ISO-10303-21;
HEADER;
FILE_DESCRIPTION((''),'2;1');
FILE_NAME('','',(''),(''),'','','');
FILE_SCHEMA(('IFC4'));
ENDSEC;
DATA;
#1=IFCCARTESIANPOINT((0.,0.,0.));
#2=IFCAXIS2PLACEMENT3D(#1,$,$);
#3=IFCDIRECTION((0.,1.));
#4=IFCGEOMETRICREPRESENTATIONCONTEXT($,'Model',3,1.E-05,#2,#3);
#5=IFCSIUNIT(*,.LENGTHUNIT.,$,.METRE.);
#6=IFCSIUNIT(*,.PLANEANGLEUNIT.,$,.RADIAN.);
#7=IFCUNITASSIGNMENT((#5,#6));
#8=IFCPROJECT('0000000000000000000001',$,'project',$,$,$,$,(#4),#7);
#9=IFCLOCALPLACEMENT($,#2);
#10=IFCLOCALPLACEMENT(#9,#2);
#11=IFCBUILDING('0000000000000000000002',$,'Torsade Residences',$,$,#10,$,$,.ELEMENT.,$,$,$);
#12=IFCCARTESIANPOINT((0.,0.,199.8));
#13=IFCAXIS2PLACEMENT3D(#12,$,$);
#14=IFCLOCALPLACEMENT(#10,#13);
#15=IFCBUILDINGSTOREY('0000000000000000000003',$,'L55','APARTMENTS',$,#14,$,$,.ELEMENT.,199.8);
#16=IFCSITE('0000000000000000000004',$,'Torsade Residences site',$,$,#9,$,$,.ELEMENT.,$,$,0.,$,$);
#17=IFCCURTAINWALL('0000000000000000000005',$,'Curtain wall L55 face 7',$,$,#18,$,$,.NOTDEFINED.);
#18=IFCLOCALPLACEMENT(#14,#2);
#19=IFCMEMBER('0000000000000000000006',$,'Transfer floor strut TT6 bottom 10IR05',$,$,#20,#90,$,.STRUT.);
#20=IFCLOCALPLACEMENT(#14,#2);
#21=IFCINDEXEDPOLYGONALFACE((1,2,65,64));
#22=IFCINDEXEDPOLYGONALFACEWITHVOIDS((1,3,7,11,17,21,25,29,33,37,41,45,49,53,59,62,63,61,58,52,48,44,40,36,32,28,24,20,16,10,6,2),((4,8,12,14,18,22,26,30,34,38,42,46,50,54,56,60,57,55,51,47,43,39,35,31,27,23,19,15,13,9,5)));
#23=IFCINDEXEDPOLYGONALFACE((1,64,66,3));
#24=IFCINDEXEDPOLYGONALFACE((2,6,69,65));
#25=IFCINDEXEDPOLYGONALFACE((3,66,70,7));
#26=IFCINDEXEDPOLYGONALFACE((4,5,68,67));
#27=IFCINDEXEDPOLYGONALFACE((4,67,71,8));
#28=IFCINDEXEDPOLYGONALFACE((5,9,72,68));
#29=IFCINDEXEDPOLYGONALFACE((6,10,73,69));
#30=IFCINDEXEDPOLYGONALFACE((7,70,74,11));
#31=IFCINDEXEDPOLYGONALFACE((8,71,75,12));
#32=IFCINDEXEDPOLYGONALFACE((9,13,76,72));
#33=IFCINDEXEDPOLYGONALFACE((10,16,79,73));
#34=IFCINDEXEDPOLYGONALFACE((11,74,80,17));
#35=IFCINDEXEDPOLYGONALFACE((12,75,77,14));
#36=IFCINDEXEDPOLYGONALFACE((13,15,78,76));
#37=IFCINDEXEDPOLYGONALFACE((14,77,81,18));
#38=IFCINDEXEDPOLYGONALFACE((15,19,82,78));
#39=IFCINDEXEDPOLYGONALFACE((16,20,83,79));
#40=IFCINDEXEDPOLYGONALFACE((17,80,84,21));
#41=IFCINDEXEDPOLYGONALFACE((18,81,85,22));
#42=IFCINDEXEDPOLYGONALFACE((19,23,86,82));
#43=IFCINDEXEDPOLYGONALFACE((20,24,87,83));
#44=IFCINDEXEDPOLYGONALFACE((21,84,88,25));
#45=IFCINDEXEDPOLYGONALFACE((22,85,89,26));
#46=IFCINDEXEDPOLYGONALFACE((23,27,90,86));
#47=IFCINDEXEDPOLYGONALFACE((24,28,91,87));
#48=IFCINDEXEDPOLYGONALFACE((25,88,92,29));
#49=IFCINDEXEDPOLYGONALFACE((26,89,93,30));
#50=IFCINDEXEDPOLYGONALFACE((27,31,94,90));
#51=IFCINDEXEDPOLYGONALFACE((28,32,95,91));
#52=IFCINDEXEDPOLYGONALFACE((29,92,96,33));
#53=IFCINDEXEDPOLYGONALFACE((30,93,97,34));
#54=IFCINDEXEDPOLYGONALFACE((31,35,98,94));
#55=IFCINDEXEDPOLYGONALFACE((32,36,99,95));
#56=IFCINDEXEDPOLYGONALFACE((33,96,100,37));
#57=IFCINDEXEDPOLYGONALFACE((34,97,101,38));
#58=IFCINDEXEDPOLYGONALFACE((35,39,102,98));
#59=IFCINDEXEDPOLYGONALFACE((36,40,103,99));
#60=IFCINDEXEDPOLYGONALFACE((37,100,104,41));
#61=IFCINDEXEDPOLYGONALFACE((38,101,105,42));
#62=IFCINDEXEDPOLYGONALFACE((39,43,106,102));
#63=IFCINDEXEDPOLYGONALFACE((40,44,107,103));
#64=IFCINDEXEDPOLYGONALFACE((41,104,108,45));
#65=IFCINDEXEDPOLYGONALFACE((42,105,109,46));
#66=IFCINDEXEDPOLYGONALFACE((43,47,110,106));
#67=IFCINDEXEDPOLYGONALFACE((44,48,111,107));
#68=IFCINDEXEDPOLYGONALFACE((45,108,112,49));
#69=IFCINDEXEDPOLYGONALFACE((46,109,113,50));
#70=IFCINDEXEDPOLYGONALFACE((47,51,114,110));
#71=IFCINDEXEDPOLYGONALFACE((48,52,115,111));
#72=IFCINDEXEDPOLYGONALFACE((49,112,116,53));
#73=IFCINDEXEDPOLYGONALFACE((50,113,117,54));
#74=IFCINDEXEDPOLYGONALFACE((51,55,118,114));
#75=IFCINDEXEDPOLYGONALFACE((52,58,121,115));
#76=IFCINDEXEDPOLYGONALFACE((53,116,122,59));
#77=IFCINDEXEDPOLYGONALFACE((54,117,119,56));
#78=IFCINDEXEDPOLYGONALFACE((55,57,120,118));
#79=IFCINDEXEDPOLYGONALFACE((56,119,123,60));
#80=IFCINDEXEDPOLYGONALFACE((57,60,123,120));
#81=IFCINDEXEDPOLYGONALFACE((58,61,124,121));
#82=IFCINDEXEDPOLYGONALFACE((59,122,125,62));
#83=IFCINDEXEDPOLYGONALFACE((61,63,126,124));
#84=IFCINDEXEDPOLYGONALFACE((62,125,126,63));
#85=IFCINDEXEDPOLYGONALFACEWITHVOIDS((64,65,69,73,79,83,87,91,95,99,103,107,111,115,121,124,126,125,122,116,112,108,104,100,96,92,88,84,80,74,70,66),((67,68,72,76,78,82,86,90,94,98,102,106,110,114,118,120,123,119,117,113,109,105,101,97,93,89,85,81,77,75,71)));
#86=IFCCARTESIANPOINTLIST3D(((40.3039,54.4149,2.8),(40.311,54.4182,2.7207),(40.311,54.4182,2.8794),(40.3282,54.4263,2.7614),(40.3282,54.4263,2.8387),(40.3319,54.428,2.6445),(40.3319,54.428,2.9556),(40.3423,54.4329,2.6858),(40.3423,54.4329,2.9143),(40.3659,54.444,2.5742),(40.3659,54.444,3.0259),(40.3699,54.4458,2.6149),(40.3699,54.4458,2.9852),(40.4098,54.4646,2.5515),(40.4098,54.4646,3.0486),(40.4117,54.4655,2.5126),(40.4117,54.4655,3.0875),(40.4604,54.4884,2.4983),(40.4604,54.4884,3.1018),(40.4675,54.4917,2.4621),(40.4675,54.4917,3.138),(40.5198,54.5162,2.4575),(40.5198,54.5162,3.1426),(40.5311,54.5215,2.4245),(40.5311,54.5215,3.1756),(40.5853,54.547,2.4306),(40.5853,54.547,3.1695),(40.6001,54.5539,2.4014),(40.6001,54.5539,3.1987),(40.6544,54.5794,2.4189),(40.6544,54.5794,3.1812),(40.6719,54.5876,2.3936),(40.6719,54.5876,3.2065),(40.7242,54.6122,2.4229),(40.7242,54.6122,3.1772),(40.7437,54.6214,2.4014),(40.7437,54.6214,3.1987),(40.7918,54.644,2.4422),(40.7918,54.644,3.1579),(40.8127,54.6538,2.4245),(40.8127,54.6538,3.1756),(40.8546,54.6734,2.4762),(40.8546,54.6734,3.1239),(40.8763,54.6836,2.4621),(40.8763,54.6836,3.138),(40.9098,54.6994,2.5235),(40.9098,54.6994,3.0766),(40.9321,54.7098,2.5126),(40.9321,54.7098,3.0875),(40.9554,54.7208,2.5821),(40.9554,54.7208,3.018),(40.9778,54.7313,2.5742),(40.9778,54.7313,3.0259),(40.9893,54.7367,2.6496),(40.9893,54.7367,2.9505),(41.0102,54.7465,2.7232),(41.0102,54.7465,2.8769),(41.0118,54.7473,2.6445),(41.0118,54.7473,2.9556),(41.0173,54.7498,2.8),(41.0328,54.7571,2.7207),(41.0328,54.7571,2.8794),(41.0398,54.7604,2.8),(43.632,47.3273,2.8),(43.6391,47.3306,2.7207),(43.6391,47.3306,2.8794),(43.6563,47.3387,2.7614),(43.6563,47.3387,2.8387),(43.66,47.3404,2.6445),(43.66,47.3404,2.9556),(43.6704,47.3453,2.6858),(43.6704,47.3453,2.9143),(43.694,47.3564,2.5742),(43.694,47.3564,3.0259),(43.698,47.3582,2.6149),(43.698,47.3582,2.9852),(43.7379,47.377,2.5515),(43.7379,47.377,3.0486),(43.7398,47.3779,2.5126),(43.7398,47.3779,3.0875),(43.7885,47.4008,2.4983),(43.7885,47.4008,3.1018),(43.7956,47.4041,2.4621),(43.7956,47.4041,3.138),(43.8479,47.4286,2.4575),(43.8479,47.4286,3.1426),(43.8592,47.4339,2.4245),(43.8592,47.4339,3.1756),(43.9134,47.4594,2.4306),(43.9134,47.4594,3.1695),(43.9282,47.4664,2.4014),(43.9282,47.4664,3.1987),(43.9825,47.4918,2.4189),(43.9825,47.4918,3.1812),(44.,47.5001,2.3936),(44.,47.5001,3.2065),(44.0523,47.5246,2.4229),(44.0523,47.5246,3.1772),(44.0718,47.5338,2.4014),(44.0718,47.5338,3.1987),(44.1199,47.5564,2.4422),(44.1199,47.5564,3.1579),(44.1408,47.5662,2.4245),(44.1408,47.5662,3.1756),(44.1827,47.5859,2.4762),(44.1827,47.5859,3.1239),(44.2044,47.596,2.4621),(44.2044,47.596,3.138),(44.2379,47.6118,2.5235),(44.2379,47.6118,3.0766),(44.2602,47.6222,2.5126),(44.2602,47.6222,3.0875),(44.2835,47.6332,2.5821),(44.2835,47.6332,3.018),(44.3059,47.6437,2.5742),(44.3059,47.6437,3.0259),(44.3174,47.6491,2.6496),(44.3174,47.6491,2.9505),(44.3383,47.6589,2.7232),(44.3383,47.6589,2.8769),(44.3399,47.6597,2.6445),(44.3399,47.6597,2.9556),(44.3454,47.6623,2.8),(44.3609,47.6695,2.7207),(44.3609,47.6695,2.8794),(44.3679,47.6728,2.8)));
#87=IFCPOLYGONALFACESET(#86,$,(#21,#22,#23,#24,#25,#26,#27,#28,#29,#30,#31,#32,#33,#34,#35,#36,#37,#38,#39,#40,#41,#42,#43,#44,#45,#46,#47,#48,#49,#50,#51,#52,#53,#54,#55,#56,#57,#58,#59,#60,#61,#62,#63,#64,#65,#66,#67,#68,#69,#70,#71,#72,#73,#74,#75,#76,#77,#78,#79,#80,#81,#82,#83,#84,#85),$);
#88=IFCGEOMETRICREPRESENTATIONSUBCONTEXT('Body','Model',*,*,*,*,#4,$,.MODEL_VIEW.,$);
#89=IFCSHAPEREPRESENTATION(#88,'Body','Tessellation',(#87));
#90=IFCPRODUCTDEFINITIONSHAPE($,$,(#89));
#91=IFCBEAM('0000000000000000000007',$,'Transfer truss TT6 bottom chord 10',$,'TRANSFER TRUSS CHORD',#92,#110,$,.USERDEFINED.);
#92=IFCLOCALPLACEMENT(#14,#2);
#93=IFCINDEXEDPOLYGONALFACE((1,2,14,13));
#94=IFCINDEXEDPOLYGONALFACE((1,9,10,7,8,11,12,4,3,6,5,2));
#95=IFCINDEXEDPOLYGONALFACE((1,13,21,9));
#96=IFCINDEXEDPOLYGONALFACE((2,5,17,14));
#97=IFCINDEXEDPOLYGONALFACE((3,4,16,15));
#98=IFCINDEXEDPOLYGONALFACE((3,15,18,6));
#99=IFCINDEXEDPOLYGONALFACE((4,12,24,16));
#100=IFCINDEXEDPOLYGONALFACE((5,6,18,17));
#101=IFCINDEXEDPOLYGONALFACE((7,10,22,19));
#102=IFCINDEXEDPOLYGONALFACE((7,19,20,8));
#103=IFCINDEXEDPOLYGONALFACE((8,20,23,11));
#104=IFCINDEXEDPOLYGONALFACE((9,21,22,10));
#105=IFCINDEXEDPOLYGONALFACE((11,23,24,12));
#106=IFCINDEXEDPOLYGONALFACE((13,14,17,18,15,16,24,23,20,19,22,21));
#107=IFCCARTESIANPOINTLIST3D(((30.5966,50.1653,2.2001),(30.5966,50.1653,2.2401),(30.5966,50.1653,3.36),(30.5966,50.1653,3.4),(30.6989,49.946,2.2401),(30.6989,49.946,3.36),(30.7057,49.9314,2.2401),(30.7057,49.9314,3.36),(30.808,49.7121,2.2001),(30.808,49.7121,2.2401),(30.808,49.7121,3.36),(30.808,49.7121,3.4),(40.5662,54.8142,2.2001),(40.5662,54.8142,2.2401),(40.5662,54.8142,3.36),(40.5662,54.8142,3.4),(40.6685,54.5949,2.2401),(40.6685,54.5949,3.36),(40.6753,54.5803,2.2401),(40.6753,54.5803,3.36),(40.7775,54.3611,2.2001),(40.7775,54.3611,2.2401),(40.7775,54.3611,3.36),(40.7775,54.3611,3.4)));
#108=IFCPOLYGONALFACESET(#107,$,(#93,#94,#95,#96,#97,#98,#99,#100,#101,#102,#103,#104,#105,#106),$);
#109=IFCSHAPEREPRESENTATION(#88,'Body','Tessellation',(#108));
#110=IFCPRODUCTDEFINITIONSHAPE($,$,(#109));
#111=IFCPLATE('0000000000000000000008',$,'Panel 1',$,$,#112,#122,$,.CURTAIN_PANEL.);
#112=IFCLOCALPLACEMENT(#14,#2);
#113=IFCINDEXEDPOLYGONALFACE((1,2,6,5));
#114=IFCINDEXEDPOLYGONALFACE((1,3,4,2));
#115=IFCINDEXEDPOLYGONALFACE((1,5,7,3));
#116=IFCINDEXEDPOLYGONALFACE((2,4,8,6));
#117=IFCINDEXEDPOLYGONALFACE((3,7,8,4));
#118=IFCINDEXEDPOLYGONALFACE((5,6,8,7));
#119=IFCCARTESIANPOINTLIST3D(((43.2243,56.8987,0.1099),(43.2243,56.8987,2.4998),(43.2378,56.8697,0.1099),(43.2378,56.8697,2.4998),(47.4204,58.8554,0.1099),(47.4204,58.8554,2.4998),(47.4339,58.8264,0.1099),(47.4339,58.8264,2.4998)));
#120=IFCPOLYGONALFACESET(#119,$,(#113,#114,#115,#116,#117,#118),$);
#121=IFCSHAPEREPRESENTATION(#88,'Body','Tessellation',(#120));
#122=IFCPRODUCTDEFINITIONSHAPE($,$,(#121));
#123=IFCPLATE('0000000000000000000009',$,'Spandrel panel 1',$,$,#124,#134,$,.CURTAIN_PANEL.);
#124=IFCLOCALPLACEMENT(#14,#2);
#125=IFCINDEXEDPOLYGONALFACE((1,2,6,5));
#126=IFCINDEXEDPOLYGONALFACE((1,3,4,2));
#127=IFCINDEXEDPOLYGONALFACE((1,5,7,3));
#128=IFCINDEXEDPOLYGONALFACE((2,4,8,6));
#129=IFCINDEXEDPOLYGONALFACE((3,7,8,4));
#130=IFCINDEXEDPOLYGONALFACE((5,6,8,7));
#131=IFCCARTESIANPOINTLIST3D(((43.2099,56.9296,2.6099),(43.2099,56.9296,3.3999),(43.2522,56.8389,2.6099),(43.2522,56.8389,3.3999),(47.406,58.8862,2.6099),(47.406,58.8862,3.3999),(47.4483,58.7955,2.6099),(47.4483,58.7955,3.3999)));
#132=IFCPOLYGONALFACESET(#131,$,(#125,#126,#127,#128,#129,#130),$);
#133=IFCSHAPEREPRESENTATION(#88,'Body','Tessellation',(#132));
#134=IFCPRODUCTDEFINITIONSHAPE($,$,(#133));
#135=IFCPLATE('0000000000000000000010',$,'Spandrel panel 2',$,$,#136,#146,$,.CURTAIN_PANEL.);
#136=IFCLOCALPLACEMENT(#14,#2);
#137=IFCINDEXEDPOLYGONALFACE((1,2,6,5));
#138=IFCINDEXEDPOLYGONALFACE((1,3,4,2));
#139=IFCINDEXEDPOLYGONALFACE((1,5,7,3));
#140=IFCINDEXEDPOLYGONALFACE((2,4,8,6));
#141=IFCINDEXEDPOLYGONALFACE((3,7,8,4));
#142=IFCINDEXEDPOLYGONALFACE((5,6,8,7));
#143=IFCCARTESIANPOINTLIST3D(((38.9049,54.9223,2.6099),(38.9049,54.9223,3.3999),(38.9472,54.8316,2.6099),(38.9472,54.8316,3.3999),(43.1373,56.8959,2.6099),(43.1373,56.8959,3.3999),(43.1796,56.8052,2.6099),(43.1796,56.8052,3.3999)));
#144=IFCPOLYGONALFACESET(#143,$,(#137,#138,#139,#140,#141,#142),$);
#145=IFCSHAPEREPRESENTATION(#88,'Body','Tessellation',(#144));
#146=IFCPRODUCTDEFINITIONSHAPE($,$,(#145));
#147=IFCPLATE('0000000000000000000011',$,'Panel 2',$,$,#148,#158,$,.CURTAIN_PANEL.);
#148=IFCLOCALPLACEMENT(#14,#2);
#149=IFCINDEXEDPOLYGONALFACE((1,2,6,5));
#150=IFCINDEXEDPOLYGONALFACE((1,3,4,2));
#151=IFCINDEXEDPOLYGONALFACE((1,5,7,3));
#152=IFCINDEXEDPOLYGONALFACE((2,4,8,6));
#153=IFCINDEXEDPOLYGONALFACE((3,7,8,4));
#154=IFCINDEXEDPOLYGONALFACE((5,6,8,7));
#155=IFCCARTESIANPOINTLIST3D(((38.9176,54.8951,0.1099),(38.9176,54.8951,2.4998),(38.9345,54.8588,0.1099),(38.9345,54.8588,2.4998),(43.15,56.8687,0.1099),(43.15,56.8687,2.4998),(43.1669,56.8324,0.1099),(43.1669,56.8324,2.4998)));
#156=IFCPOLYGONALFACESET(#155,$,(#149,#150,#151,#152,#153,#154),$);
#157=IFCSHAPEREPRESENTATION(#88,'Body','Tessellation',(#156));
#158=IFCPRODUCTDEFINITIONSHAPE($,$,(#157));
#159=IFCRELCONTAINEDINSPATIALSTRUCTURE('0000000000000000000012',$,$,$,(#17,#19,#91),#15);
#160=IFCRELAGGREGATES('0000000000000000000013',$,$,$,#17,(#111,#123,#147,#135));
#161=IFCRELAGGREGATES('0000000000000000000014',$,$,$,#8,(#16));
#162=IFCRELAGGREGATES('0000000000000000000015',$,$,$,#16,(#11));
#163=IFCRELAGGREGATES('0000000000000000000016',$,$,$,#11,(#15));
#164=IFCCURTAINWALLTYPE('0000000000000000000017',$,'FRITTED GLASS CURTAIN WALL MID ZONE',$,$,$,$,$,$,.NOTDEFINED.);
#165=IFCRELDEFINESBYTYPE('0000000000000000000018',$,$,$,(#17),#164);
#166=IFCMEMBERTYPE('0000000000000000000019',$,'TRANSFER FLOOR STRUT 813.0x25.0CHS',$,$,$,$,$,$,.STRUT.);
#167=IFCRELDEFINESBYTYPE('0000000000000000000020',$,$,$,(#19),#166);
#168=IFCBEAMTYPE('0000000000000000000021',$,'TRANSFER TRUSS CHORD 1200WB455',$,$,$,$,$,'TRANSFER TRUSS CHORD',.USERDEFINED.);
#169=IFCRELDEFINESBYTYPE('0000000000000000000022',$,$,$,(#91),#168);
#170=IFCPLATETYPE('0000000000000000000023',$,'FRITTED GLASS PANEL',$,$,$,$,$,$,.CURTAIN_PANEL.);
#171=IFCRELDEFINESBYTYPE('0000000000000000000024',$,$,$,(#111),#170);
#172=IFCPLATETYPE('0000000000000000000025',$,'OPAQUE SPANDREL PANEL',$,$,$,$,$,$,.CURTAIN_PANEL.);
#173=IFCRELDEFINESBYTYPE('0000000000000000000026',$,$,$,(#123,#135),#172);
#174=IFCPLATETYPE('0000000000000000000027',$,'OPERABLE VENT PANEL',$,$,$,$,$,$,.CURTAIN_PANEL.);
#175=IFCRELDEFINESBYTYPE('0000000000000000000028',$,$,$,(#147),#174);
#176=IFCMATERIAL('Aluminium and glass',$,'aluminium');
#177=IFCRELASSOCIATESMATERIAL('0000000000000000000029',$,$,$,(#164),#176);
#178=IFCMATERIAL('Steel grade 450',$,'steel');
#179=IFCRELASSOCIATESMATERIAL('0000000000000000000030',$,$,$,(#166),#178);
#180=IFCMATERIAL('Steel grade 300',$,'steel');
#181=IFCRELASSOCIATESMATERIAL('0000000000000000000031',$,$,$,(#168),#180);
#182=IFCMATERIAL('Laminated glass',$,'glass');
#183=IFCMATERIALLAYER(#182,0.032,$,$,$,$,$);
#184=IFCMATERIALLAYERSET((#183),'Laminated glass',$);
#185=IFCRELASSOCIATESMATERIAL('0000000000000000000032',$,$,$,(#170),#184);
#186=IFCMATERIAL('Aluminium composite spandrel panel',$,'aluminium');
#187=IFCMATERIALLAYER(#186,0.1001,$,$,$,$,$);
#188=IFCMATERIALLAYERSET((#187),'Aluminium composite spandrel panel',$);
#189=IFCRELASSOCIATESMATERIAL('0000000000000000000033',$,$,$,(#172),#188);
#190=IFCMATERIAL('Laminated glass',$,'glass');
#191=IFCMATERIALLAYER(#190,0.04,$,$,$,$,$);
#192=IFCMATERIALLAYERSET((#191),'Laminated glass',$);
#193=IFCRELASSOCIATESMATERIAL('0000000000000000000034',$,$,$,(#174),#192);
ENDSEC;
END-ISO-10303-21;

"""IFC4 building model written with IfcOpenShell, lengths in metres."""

from ifc_helpers import new_model, si_unit, direction, frame, origin, origin_2d, place, context, subcontext, project, spatial, rectangle, hollow_circle, i_section, extrude, material, layer, layer_set, material_profile, profile_set, type_object, element, aggregate, save


model = new_model("IFC4")

# Units and contexts
model_context = context("Model", 3, precision=1e-05, world=origin(), true_north=direction((0.0, 1.0)))
body_context = subcontext(model_context, "Body", "Model", "MODEL_VIEW")
ifc_project = project(units=[si_unit("LENGTHUNIT", "METRE"), si_unit("PLANEANGLEUNIT", "RADIAN")], contexts=[model_context])

# Site, building, storey
site_placement = place(None, origin())
site = spatial("IfcSite", under=ifc_project, at=site_placement, Name="Torsade Residences site", CompositionType="ELEMENT", RefElevation=0.0)
building_placement = place(site_placement, origin())
building = spatial("IfcBuilding", under=site, at=building_placement, Name="Torsade Residences", CompositionType="ELEMENT")
storey_placement = place(building_placement, frame((0.0, 0.0, 199.8)))
storey = spatial("IfcBuildingStorey", under=building, at=storey_placement, Name="L55", Description="APARTMENTS", CompositionType="ELEMENT", Elevation=199.8)

# Curtain wall
ifc_material_1 = material(Name="Aluminium and glass", Category="aluminium")
curtain_wall_type = type_object("IfcCurtainWallType", Name="FRITTED GLASS CURTAIN WALL MID ZONE", PredefinedType="NOTDEFINED", material=ifc_material_1)
curtain_wall_placement = place(storey_placement, origin())
curtain_wall = element("IfcCurtainWall", 1, at=curtain_wall_placement, inside=storey, type_object=curtain_wall_type, Name="Curtain wall L55 face 7", PredefinedType="NOTDEFINED")

# Member
ifc_material_2 = material(Name="Steel grade 450", Category="steel")
ifc_material_profile_1 = material_profile(ifc_material_2, hollow_circle(Radius=0.4065, WallThickness=0.0249, at=origin_2d()), Name="813.0x25.0CHS")
ifc_profile_set_1 = profile_set([ifc_material_profile_1], Name="Steel grade 450")
member_type_1 = type_object("IfcMemberType", Name="TRANSFER FLOOR STRUT 813.0x25.0CHS", PredefinedType="STRUT", material=ifc_profile_set_1)
member_1_placement = place(storey_placement, frame((40.6719, 54.5876, 2.8), z_axis=(0.42504, -0.905175, 0.0), x_axis=(0.905175, 0.42504, 0.0)))
element("IfcMember", 2, at=member_1_placement, inside=storey, type_object=member_type_1, Name="Transfer floor strut TT6 bottom 10IR05", PredefinedType="STRUT", context=body_context, shape_type="SweptSolid", body=[
    extrude(hollow_circle(Radius=0.4065, WallThickness=0.0249, at=origin_2d()), origin(), (0.0, 0.0, 1.0), 7.8301),
])

# Beam
ifc_material_3 = material(Name="Steel grade 300", Category="steel")
ifc_material_profile_2 = material_profile(ifc_material_3, i_section(OverallWidth=0.5, OverallDepth=1.2, WebThickness=0.0161, FlangeThickness=0.04, at=origin_2d()), Name="1200WB455")
ifc_profile_set_2 = profile_set([ifc_material_profile_2], Name="Steel grade 300")
beam_type_1 = type_object("IfcBeamType", Name="TRANSFER TRUSS CHORD 1200WB455", ElementType="TRANSFER TRUSS CHORD", PredefinedType="USERDEFINED", material=ifc_profile_set_2)
beam_1_placement = place(storey_placement, frame((40.6719, 54.5876, 2.8), z_axis=(-0.906305, -0.422624, 0.0), x_axis=(0.422624, -0.906305, 0.0)))
element("IfcBeam", 3, at=beam_1_placement, inside=storey, type_object=beam_type_1, Name="Transfer truss TT6 bottom chord 10", ObjectType="TRANSFER TRUSS CHORD", PredefinedType="USERDEFINED", context=body_context, shape_type="SweptSolid", body=[
    extrude(i_section(OverallWidth=0.5, OverallDepth=1.2, WebThickness=0.0161, FlangeThickness=0.04, at=origin_2d()), origin(), (0.0, 0.0, 1.0), 11.0002),
])

# Plates
ifc_material_4 = material(Name="Laminated glass", Category="glass")
ifc_layer_1 = layer(ifc_material_4, 0.032)
ifc_layer_set_1 = layer_set([ifc_layer_1], Name="Laminated glass")
plate_type_1 = type_object("IfcPlateType", Name="FRITTED GLASS PANEL", PredefinedType="CURTAIN_PANEL", material=ifc_layer_set_1)
plate_1_placement = place(storey_placement, frame((45.3291, 57.8625, 0.1099), z_axis=(0.0, 0.0, 1.0), x_axis=(-0.906308, -0.422618, 0.0)))
plate_1 = element("IfcPlate", 4, at=plate_1_placement, type_object=plate_type_1, Name="Panel 1", PredefinedType="CURTAIN_PANEL", context=body_context, shape_type="SweptSolid", body=[
    extrude(rectangle(XDim=4.6299, YDim=0.032, at=origin_2d()), origin(), (0.0, 0.0, 1.0), 2.3899),
])
ifc_material_5 = material(Name="Aluminium composite spandrel panel", Category="aluminium")
ifc_layer_2 = layer(ifc_material_5, 0.1001)
ifc_layer_set_2 = layer_set([ifc_layer_2], Name="Aluminium composite spandrel panel")
plate_type_2 = type_object("IfcPlateType", Name="OPAQUE SPANDREL PANEL", PredefinedType="CURTAIN_PANEL", material=ifc_layer_set_2)
plate_2_placement = place(storey_placement, frame((45.3291, 57.8625, 2.6099), z_axis=(0.0, 0.0, 1.0), x_axis=(-0.906308, -0.422618, 0.0)))
plate_2 = element("IfcPlate", 5, at=plate_2_placement, type_object=plate_type_2, Name="Spandrel panel 1", PredefinedType="CURTAIN_PANEL", context=body_context, shape_type="SweptSolid", body=[
    extrude(rectangle(XDim=4.6299, YDim=0.1001, at=origin_2d()), origin(), (0.0, 0.0, 1.0), 0.79),
])
plate_3_placement = place(storey_placement, frame((41.0422, 55.8638, 2.6099), z_axis=(0.0, 0.0, 1.0), x_axis=(-0.906308, -0.422618, 0.0)))
plate_3 = element("IfcPlate", 6, at=plate_3_placement, type_object=plate_type_2, Name="Spandrel panel 2", PredefinedType="CURTAIN_PANEL", context=body_context, shape_type="SweptSolid", body=[
    extrude(rectangle(XDim=4.6699, YDim=0.1001, at=origin_2d()), origin(), (0.0, 0.0, 1.0), 0.79),
])
ifc_material_6 = material(Name="Laminated glass", Category="glass")
ifc_layer_3 = layer(ifc_material_6, 0.04)
ifc_layer_set_3 = layer_set([ifc_layer_3], Name="Laminated glass")
plate_type_3 = type_object("IfcPlateType", Name="OPERABLE VENT PANEL", PredefinedType="CURTAIN_PANEL", material=ifc_layer_set_3)
plate_4_placement = place(storey_placement, frame((41.0422, 55.8638, 0.1099), z_axis=(0.0, 0.0, 1.0), x_axis=(-0.906308, -0.422618, 0.0)))
plate_4 = element("IfcPlate", 7, at=plate_4_placement, type_object=plate_type_3, Name="Panel 2", PredefinedType="CURTAIN_PANEL", context=body_context, shape_type="SweptSolid", body=[
    extrude(rectangle(XDim=4.6699, YDim=0.04, at=origin_2d()), origin(), (0.0, 0.0, 1.0), 2.3899),
])
aggregate(curtain_wall, [plate_1, plate_2, plate_4, plate_3])

save(model, "model.ifc")
